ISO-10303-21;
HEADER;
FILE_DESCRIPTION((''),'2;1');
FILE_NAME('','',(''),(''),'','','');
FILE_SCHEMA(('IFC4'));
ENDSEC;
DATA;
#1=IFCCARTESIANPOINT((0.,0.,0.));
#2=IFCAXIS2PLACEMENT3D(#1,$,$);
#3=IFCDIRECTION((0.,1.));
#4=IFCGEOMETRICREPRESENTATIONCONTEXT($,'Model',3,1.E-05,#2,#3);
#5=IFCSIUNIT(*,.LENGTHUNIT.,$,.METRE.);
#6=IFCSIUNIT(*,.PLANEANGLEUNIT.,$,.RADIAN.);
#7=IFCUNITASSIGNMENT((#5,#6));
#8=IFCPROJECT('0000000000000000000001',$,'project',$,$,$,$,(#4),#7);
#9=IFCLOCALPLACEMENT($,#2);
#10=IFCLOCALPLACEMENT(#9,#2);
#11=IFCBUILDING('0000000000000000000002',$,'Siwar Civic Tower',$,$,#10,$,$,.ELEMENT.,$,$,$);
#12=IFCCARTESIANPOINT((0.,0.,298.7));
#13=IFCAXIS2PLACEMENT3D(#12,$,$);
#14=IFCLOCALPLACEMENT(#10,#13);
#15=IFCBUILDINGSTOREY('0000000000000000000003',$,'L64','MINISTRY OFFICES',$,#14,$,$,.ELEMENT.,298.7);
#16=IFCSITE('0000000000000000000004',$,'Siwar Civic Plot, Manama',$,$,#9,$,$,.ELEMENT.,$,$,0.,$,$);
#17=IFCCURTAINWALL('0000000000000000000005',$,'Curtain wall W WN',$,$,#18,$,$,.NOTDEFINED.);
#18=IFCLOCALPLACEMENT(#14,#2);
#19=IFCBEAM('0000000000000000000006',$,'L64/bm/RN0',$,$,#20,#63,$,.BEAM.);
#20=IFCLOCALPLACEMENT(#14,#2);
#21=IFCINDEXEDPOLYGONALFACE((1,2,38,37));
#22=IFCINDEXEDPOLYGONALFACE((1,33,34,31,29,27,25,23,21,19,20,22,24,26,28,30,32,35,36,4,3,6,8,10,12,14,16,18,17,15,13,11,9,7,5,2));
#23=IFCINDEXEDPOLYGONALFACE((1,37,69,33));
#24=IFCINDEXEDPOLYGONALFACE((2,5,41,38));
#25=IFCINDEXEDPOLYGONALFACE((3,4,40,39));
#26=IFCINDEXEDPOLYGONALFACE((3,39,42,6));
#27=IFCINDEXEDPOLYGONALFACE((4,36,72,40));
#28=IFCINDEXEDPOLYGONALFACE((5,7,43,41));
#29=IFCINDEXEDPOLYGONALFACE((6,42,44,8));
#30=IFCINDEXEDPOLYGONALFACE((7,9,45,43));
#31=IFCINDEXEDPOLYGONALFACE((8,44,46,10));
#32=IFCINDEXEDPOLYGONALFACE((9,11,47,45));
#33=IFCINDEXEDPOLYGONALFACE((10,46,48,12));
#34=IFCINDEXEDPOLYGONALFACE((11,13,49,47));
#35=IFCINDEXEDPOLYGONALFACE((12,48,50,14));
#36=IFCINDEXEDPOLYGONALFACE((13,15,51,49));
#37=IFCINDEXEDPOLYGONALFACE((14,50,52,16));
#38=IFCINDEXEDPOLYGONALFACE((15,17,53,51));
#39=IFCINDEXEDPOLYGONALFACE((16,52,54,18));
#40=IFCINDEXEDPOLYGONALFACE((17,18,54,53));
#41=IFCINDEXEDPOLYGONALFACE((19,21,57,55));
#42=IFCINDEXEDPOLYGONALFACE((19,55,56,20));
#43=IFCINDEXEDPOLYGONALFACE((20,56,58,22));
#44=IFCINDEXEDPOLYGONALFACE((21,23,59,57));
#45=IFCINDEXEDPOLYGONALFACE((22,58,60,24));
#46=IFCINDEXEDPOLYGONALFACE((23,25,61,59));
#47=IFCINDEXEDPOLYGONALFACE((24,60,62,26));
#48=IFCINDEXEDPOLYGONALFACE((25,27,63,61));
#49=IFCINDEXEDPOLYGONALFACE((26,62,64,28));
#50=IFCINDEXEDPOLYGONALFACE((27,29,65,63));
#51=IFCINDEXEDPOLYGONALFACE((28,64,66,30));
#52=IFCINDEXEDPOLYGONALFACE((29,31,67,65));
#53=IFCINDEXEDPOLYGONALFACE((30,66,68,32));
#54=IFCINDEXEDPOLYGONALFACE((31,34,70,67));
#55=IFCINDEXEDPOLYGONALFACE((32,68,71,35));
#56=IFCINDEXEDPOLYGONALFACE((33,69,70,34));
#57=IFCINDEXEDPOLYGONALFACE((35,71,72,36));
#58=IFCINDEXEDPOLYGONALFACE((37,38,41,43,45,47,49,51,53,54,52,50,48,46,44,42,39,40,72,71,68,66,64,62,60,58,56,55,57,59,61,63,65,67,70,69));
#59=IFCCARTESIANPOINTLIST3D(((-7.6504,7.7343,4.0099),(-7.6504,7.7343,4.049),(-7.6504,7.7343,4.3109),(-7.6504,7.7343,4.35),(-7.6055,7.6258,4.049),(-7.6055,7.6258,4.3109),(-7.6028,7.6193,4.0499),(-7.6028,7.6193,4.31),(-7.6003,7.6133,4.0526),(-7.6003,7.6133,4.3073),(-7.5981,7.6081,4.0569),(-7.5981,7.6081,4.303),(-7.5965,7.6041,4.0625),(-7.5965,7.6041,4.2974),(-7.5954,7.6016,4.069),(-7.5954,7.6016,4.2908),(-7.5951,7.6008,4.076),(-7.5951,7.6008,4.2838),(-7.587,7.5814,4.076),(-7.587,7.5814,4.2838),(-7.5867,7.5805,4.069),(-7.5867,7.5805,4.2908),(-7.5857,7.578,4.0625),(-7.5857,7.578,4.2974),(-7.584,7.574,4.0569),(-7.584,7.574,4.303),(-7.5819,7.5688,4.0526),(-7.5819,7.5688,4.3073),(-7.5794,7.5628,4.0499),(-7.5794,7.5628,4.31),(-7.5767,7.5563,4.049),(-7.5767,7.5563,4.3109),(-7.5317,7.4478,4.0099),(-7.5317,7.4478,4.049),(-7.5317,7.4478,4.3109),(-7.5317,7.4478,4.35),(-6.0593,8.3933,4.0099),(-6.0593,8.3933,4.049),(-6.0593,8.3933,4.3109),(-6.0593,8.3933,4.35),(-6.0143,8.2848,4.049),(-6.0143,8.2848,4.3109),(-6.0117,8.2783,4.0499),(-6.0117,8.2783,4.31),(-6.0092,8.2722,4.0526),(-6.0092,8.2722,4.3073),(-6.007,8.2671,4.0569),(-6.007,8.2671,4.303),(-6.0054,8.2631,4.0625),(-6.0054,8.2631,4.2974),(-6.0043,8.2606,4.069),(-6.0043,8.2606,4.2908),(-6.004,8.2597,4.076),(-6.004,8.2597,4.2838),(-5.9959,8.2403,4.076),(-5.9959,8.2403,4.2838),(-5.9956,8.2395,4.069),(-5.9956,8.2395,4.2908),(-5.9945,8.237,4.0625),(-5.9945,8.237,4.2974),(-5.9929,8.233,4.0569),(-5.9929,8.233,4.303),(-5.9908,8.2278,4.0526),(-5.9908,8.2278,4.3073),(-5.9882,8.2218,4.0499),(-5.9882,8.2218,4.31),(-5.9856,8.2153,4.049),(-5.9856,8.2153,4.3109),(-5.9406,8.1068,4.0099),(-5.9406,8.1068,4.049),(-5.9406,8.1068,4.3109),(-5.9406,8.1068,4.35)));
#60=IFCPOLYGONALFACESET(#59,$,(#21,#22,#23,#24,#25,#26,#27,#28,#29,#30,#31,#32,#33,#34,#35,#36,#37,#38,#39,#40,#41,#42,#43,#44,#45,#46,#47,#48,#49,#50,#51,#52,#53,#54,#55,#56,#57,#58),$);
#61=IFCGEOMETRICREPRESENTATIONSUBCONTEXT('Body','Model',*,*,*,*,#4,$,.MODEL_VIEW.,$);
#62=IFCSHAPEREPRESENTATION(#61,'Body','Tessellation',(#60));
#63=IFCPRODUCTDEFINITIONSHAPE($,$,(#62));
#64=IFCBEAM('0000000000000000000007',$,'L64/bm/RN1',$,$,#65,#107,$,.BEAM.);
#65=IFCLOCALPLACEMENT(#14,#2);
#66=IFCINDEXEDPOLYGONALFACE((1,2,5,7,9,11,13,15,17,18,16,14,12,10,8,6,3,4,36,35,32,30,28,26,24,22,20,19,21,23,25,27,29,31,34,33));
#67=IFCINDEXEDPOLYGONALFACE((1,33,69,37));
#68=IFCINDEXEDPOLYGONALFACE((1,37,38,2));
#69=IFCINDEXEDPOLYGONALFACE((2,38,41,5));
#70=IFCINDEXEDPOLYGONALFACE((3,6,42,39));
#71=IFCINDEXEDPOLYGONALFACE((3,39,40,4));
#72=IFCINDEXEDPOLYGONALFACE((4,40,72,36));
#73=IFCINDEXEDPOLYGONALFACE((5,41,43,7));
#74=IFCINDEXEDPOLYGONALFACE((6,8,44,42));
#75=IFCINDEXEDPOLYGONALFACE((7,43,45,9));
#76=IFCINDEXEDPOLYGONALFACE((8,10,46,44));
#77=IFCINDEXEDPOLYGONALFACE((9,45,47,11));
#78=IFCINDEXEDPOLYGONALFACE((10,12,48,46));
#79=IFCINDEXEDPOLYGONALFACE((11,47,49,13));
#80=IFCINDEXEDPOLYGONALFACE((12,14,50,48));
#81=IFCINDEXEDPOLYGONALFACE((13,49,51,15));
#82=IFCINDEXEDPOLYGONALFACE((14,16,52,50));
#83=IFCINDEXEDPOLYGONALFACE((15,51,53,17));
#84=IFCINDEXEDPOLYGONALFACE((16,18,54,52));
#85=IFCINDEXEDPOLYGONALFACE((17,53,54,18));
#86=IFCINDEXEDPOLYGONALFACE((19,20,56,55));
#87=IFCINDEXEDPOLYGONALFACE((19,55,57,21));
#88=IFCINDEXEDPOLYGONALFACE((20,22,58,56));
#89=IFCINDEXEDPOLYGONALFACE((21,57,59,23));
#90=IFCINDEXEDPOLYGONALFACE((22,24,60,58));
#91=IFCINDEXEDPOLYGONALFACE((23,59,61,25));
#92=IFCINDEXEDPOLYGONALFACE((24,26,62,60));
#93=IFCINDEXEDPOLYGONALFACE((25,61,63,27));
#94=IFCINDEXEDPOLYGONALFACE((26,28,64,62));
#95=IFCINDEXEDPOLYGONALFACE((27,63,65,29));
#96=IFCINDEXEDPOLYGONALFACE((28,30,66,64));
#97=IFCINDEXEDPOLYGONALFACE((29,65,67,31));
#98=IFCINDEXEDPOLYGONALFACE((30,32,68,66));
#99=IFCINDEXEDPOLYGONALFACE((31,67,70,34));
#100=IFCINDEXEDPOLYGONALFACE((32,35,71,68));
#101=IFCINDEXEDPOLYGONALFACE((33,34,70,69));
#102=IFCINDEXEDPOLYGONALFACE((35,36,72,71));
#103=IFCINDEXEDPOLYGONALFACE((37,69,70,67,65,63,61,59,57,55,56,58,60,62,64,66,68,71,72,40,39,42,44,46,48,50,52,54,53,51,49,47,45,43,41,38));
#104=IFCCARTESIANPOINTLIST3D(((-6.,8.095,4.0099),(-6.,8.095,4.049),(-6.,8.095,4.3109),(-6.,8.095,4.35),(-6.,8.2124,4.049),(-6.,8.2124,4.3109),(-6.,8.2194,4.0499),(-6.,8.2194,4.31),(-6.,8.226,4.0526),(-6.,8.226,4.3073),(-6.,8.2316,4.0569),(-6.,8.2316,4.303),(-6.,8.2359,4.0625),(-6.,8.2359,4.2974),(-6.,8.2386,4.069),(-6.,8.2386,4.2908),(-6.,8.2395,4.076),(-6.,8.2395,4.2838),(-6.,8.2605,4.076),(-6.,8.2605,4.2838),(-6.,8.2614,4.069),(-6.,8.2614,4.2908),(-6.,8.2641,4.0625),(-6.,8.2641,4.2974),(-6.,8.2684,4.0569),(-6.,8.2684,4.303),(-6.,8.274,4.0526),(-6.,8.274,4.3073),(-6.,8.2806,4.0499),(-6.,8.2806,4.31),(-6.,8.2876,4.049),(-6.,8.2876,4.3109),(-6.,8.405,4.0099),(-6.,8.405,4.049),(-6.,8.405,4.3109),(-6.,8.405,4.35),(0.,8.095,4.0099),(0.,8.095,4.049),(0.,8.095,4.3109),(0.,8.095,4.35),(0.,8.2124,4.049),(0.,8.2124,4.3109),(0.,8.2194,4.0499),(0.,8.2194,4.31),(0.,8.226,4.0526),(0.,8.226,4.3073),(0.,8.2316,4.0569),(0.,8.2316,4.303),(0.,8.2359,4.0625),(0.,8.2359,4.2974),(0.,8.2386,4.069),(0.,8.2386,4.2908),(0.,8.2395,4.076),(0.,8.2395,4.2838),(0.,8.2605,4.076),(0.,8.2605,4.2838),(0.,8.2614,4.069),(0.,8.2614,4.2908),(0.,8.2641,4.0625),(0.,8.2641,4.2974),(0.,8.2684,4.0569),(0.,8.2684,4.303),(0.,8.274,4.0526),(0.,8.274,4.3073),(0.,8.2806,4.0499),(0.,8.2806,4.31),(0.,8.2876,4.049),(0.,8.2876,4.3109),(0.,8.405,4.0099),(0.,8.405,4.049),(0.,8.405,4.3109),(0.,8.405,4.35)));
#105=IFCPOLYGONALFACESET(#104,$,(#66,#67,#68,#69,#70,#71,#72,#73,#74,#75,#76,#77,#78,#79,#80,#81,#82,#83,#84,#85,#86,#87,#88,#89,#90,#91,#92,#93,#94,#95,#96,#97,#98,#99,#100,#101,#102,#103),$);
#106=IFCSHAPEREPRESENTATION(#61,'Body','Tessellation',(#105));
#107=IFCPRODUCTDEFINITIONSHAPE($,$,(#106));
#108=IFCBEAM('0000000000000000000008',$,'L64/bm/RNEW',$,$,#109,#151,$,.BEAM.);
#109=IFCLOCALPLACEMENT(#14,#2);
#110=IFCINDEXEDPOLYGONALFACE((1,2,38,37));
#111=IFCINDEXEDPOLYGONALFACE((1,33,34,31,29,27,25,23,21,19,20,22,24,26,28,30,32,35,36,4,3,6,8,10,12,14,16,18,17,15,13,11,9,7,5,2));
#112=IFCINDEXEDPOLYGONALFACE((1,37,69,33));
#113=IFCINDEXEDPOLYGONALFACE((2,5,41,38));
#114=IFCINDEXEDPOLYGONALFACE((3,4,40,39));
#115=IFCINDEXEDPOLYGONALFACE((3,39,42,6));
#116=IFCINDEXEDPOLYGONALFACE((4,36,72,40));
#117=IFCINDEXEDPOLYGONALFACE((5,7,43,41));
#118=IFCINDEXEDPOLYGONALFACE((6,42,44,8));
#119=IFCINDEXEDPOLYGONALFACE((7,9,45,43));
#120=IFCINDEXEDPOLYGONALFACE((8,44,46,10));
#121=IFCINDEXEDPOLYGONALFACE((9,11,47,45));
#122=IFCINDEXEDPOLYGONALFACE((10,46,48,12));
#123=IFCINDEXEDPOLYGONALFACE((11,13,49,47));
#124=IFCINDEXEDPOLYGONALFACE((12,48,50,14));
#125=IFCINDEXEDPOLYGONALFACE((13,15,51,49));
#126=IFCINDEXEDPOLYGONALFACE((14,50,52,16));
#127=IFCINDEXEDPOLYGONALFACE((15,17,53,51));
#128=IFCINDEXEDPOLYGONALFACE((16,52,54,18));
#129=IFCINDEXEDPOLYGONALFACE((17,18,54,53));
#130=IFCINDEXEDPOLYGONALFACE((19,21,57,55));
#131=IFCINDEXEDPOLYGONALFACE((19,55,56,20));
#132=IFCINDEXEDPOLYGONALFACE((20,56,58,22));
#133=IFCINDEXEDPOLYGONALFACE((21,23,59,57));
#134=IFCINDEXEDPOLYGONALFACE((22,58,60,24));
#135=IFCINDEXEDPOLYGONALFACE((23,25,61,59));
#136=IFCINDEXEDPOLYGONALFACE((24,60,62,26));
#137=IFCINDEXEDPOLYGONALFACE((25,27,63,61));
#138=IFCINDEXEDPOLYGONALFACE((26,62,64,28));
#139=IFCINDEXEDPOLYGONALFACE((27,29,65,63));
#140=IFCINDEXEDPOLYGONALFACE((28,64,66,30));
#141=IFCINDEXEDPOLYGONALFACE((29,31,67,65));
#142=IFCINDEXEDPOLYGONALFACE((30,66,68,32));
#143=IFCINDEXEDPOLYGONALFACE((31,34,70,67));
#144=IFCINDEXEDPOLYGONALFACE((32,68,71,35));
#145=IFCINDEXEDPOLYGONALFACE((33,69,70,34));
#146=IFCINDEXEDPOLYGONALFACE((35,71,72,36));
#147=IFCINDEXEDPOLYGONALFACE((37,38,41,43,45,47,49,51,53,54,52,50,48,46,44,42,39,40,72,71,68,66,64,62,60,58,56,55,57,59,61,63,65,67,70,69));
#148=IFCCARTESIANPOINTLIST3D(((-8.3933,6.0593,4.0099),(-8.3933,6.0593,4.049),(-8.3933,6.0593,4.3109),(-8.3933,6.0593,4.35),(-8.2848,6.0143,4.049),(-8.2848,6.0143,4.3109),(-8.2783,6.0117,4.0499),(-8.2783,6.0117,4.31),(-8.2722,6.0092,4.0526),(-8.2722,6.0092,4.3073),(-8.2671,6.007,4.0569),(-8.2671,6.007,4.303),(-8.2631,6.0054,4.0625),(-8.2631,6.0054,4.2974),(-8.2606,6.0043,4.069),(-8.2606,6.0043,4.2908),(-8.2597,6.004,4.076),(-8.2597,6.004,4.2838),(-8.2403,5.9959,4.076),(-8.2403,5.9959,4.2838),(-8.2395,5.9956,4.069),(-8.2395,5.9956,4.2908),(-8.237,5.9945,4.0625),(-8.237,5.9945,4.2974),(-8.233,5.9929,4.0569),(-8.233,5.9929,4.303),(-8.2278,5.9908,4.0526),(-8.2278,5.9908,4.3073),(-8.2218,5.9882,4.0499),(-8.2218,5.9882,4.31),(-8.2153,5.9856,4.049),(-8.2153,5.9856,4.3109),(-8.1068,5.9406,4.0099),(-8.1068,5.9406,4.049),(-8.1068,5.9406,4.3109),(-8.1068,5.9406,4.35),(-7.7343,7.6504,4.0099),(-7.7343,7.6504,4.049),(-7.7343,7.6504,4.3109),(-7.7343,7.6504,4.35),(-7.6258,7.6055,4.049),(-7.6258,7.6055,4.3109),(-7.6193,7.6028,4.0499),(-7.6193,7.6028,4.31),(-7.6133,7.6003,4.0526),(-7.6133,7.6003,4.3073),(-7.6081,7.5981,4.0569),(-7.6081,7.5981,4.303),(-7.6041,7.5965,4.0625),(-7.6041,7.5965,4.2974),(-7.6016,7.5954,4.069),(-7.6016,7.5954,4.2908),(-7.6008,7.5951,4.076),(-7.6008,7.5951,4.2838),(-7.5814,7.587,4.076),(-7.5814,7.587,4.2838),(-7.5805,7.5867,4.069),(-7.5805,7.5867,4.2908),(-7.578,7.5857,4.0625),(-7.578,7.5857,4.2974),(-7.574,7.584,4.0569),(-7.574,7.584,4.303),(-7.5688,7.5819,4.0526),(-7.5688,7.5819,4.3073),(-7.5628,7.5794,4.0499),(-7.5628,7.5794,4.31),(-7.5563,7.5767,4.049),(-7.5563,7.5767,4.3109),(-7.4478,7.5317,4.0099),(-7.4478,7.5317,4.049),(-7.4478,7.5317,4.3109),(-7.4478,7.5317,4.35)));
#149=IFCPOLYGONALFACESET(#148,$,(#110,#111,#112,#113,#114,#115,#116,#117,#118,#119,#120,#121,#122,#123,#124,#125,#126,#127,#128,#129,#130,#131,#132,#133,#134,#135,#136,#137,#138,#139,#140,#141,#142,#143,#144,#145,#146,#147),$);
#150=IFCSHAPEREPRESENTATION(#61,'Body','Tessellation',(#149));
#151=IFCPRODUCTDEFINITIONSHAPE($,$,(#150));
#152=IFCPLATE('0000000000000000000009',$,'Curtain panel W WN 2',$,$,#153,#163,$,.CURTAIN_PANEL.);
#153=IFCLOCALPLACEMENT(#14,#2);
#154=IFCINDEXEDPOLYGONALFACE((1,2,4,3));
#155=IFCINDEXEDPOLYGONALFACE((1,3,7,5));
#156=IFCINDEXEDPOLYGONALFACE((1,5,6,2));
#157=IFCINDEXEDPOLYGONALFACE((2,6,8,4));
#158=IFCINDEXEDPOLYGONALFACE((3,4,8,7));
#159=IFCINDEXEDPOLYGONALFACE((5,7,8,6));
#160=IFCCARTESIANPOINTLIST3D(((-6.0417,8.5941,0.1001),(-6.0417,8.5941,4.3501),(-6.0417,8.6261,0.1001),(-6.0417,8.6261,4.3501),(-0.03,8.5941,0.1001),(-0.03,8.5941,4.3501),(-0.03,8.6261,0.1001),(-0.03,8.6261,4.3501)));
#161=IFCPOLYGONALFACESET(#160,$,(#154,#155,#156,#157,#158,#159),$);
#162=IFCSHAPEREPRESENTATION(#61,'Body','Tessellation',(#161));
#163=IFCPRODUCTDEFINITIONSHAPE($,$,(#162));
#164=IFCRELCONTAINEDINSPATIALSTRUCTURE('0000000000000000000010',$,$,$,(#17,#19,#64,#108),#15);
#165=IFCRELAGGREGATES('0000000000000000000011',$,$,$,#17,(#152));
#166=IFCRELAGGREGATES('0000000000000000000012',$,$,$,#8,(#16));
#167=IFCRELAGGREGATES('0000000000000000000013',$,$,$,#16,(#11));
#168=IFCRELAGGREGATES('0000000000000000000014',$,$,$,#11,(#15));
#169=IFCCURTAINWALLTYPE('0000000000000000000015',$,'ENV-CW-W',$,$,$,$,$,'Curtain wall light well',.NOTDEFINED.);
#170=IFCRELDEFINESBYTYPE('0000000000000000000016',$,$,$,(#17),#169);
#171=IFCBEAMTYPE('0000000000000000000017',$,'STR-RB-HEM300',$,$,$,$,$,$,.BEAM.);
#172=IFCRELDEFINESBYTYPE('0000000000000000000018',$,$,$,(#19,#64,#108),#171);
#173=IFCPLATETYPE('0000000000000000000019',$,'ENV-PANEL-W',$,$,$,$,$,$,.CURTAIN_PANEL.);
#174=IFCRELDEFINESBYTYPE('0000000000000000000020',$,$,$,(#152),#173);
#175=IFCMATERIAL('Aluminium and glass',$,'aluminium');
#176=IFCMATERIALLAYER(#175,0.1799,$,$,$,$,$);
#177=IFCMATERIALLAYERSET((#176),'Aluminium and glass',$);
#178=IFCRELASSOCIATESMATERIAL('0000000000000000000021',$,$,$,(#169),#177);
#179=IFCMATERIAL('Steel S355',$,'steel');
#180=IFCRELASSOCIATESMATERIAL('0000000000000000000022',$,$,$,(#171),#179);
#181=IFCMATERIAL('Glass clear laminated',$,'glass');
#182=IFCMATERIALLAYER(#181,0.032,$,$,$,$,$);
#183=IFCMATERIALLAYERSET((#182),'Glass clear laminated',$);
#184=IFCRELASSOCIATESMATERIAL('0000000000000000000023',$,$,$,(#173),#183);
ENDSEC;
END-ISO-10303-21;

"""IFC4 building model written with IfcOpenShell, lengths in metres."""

from ifc_helpers import new_model, si_unit, direction, frame, origin, origin_2d, place, context, subcontext, project, spatial, rectangle, i_section, extrude, material, layer, layer_set, material_profile, profile_set, type_object, element, aggregate, save


model = new_model("IFC4")

# Units and contexts
model_context = context("Model", 3, precision=1e-05, world=origin(), true_north=direction((0.0, 1.0)))
body_context = subcontext(model_context, "Body", "Model", "MODEL_VIEW")
ifc_project = project(units=[si_unit("LENGTHUNIT", "METRE"), si_unit("PLANEANGLEUNIT", "RADIAN")], contexts=[model_context])

# Site, building, storey
site_placement = place(None, origin())
site = spatial("IfcSite", under=ifc_project, at=site_placement, Name="Siwar Civic Plot, Manama", CompositionType="ELEMENT", RefElevation=0.0)
building_placement = place(site_placement, origin())
building = spatial("IfcBuilding", under=site, at=building_placement, Name="Siwar Civic Tower", CompositionType="ELEMENT")
storey_placement = place(building_placement, frame((0.0, 0.0, 298.7)))
storey = spatial("IfcBuildingStorey", under=building, at=storey_placement, Name="L64", Description="MINISTRY OFFICES", CompositionType="ELEMENT", Elevation=298.7)

# Curtain wall
ifc_material_1 = material(Name="Aluminium and glass", Category="aluminium")
ifc_layer_1 = layer(ifc_material_1, 0.1799)
ifc_layer_set_1 = layer_set([ifc_layer_1], Name="Aluminium and glass")
curtain_wall_type = type_object("IfcCurtainWallType", Name="ENV-CW-W", ElementType="Curtain wall light well", PredefinedType="NOTDEFINED", material=ifc_layer_set_1)
curtain_wall_placement = place(storey_placement, origin())
curtain_wall = element("IfcCurtainWall", 1, at=curtain_wall_placement, inside=storey, type_object=curtain_wall_type, Name="Curtain wall W WN", PredefinedType="NOTDEFINED")

# Beams
ifc_material_2 = material(Name="Steel S355", Category="steel")
ifc_material_profile_1 = material_profile(ifc_material_2, i_section(OverallWidth=0.3101, OverallDepth=0.3401, WebThickness=0.021, FlangeThickness=0.0391, FilletRadius=0.0271, at=origin_2d()), Name="HEM300")
ifc_profile_set_1 = profile_set([ifc_material_profile_1], Name="Steel S355")
beam_type_1 = type_object("IfcBeamType", Name="STR-RB-HEM300", PredefinedType="BEAM", material=ifc_profile_set_1)
beam_1_placement = place(storey_placement, frame((-7.5911, 7.5911, 4.1799), z_axis=(0.923901, 0.382631, 0.0), x_axis=(-0.382631, 0.923901, 0.0)))
element("IfcBeam", 2, at=beam_1_placement, inside=storey, type_object=beam_type_1, Name="L64/bm/RN0", PredefinedType="BEAM", context=body_context, shape_type="SweptSolid", body=[
    extrude(i_section(OverallWidth=0.3101, OverallDepth=0.3401, WebThickness=0.021, FlangeThickness=0.0391, FilletRadius=0.0271, at=origin_2d()), origin(), (0.0, 0.0, 1.0), 1.7222),
])
beam_2_placement = place(storey_placement, frame((-6.0, 8.25, 4.1799), z_axis=(1.0, 0.0, 0.0), x_axis=(0.0, 1.0, 0.0)))
element("IfcBeam", 3, at=beam_2_placement, inside=storey, type_object=beam_type_1, Name="L64/bm/RN1", PredefinedType="BEAM", context=body_context, shape_type="SweptSolid", body=[
    extrude(i_section(OverallWidth=0.3101, OverallDepth=0.3401, WebThickness=0.021, FlangeThickness=0.0391, FilletRadius=0.0271, at=origin_2d()), origin(), (0.0, 0.0, 1.0), 6.0),
])
beam_3_placement = place(storey_placement, frame((-7.5911, 7.5911, 4.1799), z_axis=(-0.382631, -0.923901, 0.0), x_axis=(0.923901, -0.382631, 0.0)))
element("IfcBeam", 4, at=beam_3_placement, inside=storey, type_object=beam_type_1, Name="L64/bm/RNEW", PredefinedType="BEAM", context=body_context, shape_type="SweptSolid", body=[
    extrude(i_section(OverallWidth=0.3101, OverallDepth=0.3401, WebThickness=0.021, FlangeThickness=0.0391, FilletRadius=0.0271, at=origin_2d()), origin(), (0.0, 0.0, 1.0), 1.7222),
])

# Plate
ifc_material_3 = material(Name="Glass clear laminated", Category="glass")
ifc_layer_2 = layer(ifc_material_3, 0.032)
ifc_layer_set_2 = layer_set([ifc_layer_2], Name="Glass clear laminated")
plate_type = type_object("IfcPlateType", Name="ENV-PANEL-W", PredefinedType="CURTAIN_PANEL", material=ifc_layer_set_2)
plate_placement = place(storey_placement, frame((-3.0359, 8.6101, 0.1001), z_axis=(0.0, 0.0, 1.0), x_axis=(-1.0, 0.0, 0.0)))
plate = element("IfcPlate", 5, at=plate_placement, type_object=plate_type, Name="Curtain panel W WN 2", PredefinedType="CURTAIN_PANEL", context=body_context, shape_type="SweptSolid", body=[
    extrude(rectangle(XDim=6.0117, YDim=0.032, at=origin_2d()), origin(), (0.0, 0.0, 1.0), 4.25),
])
aggregate(curtain_wall, [plate])

save(model, "model.ifc")
